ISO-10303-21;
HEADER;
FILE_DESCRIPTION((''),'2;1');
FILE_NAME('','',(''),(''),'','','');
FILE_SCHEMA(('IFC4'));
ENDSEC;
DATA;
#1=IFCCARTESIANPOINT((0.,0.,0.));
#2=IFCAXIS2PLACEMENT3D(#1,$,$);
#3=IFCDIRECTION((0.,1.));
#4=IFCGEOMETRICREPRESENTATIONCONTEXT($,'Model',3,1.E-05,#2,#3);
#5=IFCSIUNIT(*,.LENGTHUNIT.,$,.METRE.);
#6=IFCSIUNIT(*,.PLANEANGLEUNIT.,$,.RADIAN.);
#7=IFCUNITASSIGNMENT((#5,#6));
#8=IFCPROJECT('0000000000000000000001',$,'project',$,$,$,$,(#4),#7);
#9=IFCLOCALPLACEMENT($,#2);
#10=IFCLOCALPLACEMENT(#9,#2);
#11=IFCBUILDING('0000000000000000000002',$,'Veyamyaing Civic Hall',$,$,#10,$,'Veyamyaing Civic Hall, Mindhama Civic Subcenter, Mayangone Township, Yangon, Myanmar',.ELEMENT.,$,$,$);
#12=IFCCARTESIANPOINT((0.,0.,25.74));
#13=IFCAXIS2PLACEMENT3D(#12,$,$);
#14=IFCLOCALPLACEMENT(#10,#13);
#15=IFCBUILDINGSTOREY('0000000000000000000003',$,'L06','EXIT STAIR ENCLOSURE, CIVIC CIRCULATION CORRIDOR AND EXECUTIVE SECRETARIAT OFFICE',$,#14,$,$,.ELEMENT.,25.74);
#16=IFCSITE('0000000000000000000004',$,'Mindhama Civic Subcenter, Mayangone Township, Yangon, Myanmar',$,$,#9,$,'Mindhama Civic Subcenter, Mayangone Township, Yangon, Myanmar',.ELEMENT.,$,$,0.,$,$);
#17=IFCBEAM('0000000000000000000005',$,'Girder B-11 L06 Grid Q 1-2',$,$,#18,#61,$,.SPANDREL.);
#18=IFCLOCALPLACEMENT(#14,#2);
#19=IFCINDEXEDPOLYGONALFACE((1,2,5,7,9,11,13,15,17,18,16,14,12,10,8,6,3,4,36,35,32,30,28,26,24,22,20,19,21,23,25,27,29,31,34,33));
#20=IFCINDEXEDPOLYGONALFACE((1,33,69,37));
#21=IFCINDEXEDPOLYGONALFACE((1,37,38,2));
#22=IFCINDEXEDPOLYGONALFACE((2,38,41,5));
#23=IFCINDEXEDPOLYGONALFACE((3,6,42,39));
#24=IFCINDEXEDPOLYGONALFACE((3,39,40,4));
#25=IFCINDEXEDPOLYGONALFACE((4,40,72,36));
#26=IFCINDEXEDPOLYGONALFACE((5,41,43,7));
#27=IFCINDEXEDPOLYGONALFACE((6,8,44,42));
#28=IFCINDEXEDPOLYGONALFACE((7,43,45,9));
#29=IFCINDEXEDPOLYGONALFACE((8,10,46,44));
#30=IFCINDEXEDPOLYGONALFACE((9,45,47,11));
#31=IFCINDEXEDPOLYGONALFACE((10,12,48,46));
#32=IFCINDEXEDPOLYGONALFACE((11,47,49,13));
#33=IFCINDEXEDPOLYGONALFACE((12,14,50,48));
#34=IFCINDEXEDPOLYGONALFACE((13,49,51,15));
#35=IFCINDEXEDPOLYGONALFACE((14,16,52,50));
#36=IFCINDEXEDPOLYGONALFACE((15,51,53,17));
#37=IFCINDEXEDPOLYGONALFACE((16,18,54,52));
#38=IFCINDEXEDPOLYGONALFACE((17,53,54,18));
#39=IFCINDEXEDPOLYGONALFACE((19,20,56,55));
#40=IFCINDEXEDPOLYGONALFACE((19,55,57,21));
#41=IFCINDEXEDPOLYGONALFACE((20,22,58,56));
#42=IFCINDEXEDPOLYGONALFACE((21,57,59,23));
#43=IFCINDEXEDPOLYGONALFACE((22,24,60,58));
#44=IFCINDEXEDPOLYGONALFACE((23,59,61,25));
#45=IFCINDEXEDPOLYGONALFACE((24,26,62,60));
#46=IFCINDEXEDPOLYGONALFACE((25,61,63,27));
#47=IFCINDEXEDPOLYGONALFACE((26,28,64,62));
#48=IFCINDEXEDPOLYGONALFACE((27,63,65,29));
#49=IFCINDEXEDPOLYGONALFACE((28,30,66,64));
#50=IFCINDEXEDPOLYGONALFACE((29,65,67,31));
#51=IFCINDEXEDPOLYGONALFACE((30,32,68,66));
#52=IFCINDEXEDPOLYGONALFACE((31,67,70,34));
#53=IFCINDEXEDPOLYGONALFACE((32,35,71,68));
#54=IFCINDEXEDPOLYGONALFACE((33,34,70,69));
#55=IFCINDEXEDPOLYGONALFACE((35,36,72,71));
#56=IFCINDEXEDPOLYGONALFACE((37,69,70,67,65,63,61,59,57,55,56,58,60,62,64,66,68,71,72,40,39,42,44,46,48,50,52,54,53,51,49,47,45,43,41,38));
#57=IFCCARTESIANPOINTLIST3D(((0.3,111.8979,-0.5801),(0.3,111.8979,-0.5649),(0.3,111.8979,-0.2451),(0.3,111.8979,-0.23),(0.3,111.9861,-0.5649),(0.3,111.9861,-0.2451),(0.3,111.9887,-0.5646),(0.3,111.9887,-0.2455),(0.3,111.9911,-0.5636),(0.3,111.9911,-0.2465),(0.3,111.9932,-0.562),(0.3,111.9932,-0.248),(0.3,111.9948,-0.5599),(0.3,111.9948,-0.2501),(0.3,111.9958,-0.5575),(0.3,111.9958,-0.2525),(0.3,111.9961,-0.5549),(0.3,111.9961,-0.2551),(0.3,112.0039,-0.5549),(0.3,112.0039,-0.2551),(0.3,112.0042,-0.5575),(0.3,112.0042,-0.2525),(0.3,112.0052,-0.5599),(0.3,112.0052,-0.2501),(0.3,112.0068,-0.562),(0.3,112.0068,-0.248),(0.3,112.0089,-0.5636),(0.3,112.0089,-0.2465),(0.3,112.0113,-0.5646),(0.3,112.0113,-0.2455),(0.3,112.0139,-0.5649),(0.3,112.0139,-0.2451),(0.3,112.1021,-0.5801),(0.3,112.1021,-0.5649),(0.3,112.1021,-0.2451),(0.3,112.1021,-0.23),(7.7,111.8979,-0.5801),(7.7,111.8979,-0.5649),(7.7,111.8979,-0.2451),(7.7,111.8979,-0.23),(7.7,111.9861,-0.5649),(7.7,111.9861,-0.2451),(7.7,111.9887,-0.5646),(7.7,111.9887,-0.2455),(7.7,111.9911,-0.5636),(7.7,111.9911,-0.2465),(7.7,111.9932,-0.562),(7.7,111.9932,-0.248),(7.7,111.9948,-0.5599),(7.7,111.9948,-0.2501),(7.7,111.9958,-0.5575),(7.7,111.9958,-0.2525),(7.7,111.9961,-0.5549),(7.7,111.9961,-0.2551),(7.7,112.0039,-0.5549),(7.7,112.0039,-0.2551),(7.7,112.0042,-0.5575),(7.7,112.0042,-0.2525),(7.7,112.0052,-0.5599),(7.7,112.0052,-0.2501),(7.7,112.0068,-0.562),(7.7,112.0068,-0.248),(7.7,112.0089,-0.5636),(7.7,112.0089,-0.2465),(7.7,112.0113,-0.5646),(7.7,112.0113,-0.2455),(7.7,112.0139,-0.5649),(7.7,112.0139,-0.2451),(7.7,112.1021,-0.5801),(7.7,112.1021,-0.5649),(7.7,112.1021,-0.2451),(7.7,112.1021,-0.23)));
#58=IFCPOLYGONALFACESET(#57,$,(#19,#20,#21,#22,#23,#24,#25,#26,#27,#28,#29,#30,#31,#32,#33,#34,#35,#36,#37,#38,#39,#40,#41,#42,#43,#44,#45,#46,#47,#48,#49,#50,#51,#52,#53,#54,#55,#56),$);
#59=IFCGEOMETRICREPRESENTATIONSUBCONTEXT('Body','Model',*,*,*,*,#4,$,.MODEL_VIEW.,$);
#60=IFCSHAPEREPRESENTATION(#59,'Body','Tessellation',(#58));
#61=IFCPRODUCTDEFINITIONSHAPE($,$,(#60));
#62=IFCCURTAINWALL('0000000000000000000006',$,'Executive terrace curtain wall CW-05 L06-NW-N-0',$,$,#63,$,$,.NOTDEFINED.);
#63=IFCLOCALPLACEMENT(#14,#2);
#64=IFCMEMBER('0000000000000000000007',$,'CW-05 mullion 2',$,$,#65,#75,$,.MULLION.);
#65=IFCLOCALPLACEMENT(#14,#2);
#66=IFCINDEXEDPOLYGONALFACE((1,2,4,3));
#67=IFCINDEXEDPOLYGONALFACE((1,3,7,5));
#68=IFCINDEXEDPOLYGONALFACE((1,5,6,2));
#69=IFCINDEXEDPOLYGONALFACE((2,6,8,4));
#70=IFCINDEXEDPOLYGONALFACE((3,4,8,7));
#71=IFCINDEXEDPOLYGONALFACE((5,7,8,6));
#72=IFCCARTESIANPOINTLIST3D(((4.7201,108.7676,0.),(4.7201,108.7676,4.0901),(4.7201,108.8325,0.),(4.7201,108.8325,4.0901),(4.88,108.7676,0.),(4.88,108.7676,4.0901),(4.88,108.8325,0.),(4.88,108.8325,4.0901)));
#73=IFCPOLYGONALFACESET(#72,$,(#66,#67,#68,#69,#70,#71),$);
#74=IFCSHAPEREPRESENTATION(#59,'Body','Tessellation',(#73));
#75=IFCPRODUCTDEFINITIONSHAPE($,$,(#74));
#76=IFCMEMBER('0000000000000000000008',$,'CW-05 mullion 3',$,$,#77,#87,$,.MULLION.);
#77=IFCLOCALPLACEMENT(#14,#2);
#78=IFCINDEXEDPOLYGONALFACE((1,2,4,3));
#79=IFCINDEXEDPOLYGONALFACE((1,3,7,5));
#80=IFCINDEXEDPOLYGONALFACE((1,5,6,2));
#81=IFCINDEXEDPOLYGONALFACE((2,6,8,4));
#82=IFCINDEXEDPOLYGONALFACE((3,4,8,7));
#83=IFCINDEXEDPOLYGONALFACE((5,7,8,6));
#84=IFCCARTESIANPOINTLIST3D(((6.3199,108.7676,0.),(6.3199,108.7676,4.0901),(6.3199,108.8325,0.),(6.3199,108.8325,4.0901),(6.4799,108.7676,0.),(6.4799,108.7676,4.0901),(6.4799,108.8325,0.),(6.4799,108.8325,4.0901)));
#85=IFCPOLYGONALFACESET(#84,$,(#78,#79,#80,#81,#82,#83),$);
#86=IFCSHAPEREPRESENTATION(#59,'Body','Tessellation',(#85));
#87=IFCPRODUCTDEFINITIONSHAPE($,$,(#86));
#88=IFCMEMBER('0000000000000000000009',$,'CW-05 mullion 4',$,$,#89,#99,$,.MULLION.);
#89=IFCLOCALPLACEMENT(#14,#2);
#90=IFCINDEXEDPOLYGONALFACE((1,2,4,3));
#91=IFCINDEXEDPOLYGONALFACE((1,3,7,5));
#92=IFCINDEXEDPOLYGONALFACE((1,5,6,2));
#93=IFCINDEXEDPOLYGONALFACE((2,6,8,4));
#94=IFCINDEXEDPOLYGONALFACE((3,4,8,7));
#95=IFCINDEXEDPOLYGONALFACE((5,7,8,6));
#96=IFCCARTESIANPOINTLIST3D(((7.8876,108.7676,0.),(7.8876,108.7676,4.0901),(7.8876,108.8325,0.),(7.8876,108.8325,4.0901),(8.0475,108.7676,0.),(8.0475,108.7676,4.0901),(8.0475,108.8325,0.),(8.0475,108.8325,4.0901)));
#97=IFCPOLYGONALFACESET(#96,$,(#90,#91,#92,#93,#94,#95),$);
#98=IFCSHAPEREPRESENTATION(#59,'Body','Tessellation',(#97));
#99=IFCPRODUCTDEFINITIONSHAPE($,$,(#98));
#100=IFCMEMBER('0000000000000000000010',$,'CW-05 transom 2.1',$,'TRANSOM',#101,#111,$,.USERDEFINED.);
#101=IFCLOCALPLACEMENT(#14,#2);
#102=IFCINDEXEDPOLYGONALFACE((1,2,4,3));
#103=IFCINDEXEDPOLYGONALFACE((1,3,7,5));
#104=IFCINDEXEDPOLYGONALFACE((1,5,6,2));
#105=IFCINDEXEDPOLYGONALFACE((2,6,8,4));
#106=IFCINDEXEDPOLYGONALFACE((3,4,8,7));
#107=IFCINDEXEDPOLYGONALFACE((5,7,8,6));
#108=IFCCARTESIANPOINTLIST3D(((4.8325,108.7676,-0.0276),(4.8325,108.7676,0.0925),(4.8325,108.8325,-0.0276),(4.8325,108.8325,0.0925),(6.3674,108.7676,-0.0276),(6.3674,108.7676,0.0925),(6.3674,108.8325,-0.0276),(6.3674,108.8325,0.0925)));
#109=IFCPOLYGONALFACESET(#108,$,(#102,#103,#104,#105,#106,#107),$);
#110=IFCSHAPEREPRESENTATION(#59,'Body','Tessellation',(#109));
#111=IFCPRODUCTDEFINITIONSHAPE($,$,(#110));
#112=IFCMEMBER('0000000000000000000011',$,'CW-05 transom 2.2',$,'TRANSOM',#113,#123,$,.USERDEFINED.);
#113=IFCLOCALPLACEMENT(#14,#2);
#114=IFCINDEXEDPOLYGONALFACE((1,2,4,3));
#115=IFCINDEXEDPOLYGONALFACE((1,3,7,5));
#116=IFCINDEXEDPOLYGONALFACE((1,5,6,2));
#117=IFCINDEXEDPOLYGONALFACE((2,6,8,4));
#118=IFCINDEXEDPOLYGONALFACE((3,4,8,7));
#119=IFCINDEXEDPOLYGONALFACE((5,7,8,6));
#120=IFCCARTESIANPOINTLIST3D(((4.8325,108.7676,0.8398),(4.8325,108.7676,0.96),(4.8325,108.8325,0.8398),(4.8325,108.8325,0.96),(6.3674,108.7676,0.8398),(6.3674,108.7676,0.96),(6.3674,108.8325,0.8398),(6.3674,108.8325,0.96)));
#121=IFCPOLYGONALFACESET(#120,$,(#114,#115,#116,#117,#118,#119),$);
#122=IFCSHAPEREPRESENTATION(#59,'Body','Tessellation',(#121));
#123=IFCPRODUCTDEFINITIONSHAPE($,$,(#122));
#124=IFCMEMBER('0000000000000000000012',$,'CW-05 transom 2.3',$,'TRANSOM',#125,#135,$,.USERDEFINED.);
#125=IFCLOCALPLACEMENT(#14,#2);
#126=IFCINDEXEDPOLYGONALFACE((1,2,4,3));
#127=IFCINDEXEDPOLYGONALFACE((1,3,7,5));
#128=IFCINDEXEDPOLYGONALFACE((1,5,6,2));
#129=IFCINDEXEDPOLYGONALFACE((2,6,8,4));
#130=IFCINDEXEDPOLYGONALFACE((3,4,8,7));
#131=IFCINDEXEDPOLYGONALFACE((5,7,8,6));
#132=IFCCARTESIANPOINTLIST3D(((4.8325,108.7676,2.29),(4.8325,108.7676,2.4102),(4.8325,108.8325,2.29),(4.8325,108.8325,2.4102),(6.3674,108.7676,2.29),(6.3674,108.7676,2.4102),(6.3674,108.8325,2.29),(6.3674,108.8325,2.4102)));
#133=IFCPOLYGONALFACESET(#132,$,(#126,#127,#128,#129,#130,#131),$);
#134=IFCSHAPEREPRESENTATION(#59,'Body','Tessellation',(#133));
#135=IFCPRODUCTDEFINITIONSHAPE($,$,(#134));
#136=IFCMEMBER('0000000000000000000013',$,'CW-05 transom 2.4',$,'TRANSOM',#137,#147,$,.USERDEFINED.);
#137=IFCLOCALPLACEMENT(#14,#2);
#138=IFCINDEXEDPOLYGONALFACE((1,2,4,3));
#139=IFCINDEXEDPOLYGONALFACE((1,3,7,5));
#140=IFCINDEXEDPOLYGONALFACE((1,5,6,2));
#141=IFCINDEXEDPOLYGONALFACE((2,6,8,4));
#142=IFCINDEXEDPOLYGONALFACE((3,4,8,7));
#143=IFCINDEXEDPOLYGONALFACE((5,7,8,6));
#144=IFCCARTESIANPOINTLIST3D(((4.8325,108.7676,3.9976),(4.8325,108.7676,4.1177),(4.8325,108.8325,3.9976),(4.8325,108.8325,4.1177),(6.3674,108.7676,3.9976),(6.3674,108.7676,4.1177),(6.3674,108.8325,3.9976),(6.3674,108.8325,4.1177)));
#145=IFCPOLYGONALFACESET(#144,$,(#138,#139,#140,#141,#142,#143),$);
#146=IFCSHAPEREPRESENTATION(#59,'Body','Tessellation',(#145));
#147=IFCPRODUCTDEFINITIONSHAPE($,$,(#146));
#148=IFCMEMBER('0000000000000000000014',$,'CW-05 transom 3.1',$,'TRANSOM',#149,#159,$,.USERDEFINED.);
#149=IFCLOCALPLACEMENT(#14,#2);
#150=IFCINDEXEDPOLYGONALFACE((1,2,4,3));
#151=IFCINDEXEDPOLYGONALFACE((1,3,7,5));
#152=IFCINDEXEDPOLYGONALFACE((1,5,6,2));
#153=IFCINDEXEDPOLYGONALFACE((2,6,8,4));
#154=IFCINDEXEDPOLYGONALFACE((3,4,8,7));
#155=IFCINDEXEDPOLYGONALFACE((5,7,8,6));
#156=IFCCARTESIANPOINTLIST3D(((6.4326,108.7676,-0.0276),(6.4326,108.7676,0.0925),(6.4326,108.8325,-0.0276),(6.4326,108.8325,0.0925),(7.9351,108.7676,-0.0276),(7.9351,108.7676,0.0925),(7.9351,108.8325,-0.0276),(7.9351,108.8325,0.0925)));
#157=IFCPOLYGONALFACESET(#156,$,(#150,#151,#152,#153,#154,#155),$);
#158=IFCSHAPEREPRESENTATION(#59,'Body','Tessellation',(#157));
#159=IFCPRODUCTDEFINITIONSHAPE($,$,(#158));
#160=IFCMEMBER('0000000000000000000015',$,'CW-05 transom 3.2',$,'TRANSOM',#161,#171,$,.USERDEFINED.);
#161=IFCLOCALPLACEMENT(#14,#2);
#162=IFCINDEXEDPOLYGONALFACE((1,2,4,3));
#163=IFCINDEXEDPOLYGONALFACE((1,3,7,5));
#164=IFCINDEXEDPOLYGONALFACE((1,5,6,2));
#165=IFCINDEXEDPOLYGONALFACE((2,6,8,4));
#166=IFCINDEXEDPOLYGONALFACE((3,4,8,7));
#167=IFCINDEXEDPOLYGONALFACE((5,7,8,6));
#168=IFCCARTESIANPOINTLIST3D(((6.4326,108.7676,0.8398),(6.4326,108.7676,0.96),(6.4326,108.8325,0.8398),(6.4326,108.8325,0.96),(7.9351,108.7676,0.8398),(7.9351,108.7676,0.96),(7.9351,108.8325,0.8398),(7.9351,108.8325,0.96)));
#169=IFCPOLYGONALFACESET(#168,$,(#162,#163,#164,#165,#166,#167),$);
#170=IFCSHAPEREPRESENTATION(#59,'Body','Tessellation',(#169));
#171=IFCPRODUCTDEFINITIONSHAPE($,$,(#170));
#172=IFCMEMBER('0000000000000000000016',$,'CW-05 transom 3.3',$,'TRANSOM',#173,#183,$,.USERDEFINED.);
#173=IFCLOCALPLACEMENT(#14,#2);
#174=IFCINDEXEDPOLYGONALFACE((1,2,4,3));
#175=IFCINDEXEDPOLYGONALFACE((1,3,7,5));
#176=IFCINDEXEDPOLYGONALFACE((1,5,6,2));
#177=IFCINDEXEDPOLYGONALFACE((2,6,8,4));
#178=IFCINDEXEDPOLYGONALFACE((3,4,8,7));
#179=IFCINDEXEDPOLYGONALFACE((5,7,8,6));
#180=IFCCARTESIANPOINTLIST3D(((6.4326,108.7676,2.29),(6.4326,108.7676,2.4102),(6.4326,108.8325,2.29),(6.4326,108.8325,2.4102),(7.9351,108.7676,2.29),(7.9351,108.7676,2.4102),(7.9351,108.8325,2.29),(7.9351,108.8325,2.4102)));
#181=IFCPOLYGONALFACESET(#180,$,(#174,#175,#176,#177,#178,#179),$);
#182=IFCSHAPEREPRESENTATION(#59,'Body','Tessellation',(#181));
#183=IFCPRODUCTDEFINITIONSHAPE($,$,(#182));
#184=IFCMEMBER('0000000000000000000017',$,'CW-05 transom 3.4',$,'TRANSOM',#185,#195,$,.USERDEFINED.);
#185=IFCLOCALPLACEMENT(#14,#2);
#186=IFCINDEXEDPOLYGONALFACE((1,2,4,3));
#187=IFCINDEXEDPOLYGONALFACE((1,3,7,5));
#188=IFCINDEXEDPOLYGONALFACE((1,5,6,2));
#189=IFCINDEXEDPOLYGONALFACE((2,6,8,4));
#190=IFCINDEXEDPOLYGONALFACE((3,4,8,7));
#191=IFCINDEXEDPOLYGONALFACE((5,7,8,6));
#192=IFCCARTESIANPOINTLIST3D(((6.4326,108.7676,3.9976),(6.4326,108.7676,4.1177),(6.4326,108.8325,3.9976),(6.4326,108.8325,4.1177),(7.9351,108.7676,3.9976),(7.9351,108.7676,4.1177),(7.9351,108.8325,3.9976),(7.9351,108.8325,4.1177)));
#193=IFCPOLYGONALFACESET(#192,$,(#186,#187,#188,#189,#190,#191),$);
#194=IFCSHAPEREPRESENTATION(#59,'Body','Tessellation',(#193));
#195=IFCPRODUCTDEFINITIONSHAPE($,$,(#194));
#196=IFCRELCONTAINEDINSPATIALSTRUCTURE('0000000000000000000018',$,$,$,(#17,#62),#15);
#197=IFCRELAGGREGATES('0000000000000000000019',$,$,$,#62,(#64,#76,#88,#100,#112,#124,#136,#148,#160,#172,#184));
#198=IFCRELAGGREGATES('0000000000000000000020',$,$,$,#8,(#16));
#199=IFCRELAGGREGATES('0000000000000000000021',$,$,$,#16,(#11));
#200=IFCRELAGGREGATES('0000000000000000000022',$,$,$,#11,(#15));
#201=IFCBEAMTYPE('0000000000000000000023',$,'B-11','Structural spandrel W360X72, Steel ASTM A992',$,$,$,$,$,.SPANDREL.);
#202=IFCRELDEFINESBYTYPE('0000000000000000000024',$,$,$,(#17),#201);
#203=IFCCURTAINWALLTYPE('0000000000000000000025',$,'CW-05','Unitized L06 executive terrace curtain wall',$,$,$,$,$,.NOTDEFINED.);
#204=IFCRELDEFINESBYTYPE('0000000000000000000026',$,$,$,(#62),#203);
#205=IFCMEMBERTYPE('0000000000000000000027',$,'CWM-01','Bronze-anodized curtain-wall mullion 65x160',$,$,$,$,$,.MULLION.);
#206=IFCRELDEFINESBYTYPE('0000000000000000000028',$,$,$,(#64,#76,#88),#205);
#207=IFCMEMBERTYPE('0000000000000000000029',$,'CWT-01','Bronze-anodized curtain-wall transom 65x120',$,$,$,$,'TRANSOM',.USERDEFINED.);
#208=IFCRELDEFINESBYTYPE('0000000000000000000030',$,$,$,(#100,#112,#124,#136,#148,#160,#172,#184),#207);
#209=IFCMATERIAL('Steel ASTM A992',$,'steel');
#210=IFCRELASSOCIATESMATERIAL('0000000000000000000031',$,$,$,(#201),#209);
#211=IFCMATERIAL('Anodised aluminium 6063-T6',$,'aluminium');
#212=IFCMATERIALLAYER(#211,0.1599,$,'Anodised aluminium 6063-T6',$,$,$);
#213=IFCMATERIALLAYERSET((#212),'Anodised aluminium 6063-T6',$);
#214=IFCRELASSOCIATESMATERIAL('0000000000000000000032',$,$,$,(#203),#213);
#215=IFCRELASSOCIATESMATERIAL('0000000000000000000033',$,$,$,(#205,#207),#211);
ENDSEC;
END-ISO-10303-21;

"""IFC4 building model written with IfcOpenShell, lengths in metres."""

from ifc_helpers import new_model, si_unit, direction, frame, origin, origin_2d, place, context, subcontext, project, spatial, rectangle, i_section, extrude, material, layer, layer_set, material_profile, profile_set, type_object, element, aggregate, save


model = new_model("IFC4")

# Units and contexts
model_context = context("Model", 3, precision=1e-05, world=origin(), true_north=direction((0.0, 1.0)))
body_context = subcontext(model_context, "Body", "Model", "MODEL_VIEW")
ifc_project = project(units=[si_unit("LENGTHUNIT", "METRE"), si_unit("PLANEANGLEUNIT", "RADIAN")], contexts=[model_context])

# Site, building, storey
site_placement = place(None, origin())
site = spatial("IfcSite", under=ifc_project, at=site_placement, Name="Mindhama Civic Subcenter, Mayangone Township, Yangon, Myanmar", LongName="Mindhama Civic Subcenter, Mayangone Township, Yangon, Myanmar", CompositionType="ELEMENT", RefElevation=0.0)
building_placement = place(site_placement, origin())
building = spatial("IfcBuilding", under=site, at=building_placement, Name="Veyamyaing Civic Hall", LongName="Veyamyaing Civic Hall, Mindhama Civic Subcenter, Mayangone Township, Yangon, Myanmar", CompositionType="ELEMENT")
storey_placement = place(building_placement, frame((0.0, 0.0, 25.74)))
storey = spatial("IfcBuildingStorey", under=building, at=storey_placement, Name="L06", Description="EXIT STAIR ENCLOSURE, CIVIC CIRCULATION CORRIDOR AND EXECUTIVE SECRETARIAT OFFICE", CompositionType="ELEMENT", Elevation=25.74)

# Beam
ifc_material_1 = material(Name="Steel ASTM A992", Category="steel")
ifc_material_profile_1 = material_profile(ifc_material_1, i_section(OverallWidth=0.2041, OverallDepth=0.3501, WebThickness=0.0078, FlangeThickness=0.0151, FilletRadius=0.01, at=origin_2d()), Name="W360X72")
ifc_profile_set_1 = profile_set([ifc_material_profile_1], Name="Steel ASTM A992")
beam_type_1 = type_object("IfcBeamType", Name="B-11", Description="Structural spandrel W360X72, Steel ASTM A992", PredefinedType="SPANDREL", material=ifc_profile_set_1)
beam_1_placement = place(storey_placement, frame((0.3, 112.0, -0.405), z_axis=(1.0, 0.0, 0.0), x_axis=(0.0, 1.0, 0.0)))
element("IfcBeam", 1, at=beam_1_placement, inside=storey, type_object=beam_type_1, Name="Girder B-11 L06 Grid Q 1-2", PredefinedType="SPANDREL", context=body_context, shape_type="SweptSolid", body=[
    extrude(i_section(OverallWidth=0.2041, OverallDepth=0.3501, WebThickness=0.0078, FlangeThickness=0.0151, FilletRadius=0.01, at=origin_2d()), origin(), (0.0, 0.0, 1.0), 7.3999),
])

# Curtain wall, members
ifc_material_2 = material(Name="Anodised aluminium 6063-T6", Category="aluminium")
ifc_layer_1 = layer(ifc_material_2, 0.1599, Name="Anodised aluminium 6063-T6")
ifc_layer_set_1 = layer_set([ifc_layer_1], Name="Anodised aluminium 6063-T6")
curtain_wall_type = type_object("IfcCurtainWallType", Name="CW-05", Description="Unitized L06 executive terrace curtain wall", PredefinedType="NOTDEFINED", material=ifc_layer_set_1)
curtain_wall_placement = place(storey_placement, origin())
curtain_wall = element("IfcCurtainWall", 2, at=curtain_wall_placement, inside=storey, type_object=curtain_wall_type, Name="Executive terrace curtain wall CW-05 L06-NW-N-0", PredefinedType="NOTDEFINED")
ifc_material_profile_2 = material_profile(ifc_material_2, rectangle(XDim=0.0649, YDim=0.1599, at=origin_2d()), Name="ALU-MUL-65X160")
ifc_profile_set_2 = profile_set([ifc_material_profile_2], Name="Anodised aluminium 6063-T6")
member_type_1 = type_object("IfcMemberType", Name="CWM-01", Description="Bronze-anodized curtain-wall mullion 65x160", PredefinedType="MULLION", material=ifc_profile_set_2)
member_1_placement = place(storey_placement, frame((4.8, 108.8, 0.0), z_axis=(0.0, 0.0, 1.0), x_axis=(0.0, 1.0, 0.0)))
member_1 = element("IfcMember", 3, at=member_1_placement, type_object=member_type_1, Name="CW-05 mullion 2", PredefinedType="MULLION", context=body_context, shape_type="SweptSolid", body=[
    extrude(rectangle(XDim=0.0649, YDim=0.1599, at=origin_2d()), origin(), (0.0, 0.0, 1.0), 4.0901),
])
member_2_placement = place(storey_placement, frame((6.3999, 108.8, 0.0), z_axis=(0.0, 0.0, 1.0), x_axis=(0.0, 1.0, 0.0)))
member_2 = element("IfcMember", 4, at=member_2_placement, type_object=member_type_1, Name="CW-05 mullion 3", PredefinedType="MULLION", context=body_context, shape_type="SweptSolid", body=[
    extrude(rectangle(XDim=0.0649, YDim=0.1599, at=origin_2d()), origin(), (0.0, 0.0, 1.0), 4.0901),
])
member_3_placement = place(storey_placement, frame((7.9675, 108.8, 0.0), z_axis=(0.0, 0.0, 1.0), x_axis=(0.0, 1.0, 0.0)))
member_3 = element("IfcMember", 5, at=member_3_placement, type_object=member_type_1, Name="CW-05 mullion 4", PredefinedType="MULLION", context=body_context, shape_type="SweptSolid", body=[
    extrude(rectangle(XDim=0.0649, YDim=0.1599, at=origin_2d()), origin(), (0.0, 0.0, 1.0), 4.0901),
])
ifc_material_profile_3 = material_profile(ifc_material_2, rectangle(XDim=0.0649, YDim=0.1201, at=origin_2d()), Name="ALU-TRN-65X120")
ifc_profile_set_3 = profile_set([ifc_material_profile_3], Name="Anodised aluminium 6063-T6")
member_type_2 = type_object("IfcMemberType", Name="CWT-01", Description="Bronze-anodized curtain-wall transom 65x120", ElementType="TRANSOM", PredefinedType="USERDEFINED", material=ifc_profile_set_3)
member_4_placement = place(storey_placement, frame((4.8325, 108.8, 0.0325), z_axis=(1.0, 0.0, 0.0), x_axis=(0.0, 1.0, 0.0)))
member_4 = element("IfcMember", 6, at=member_4_placement, type_object=member_type_2, Name="CW-05 transom 2.1", ObjectType="TRANSOM", PredefinedType="USERDEFINED", context=body_context, shape_type="SweptSolid", body=[
    extrude(rectangle(XDim=0.0649, YDim=0.1201, at=origin_2d()), origin(), (0.0, 0.0, 1.0), 1.5349),
])
member_5_placement = place(storey_placement, frame((4.8325, 108.8, 0.8999), z_axis=(1.0, 0.0, 0.0), x_axis=(0.0, 1.0, 0.0)))
member_5 = element("IfcMember", 7, at=member_5_placement, type_object=member_type_2, Name="CW-05 transom 2.2", ObjectType="TRANSOM", PredefinedType="USERDEFINED", context=body_context, shape_type="SweptSolid", body=[
    extrude(rectangle(XDim=0.0649, YDim=0.1201, at=origin_2d()), origin(), (0.0, 0.0, 1.0), 1.5349),
])
member_6_placement = place(storey_placement, frame((4.8325, 108.8, 2.3501), z_axis=(1.0, 0.0, 0.0), x_axis=(0.0, 1.0, 0.0)))
member_6 = element("IfcMember", 8, at=member_6_placement, type_object=member_type_2, Name="CW-05 transom 2.3", ObjectType="TRANSOM", PredefinedType="USERDEFINED", context=body_context, shape_type="SweptSolid", body=[
    extrude(rectangle(XDim=0.0649, YDim=0.1201, at=origin_2d()), origin(), (0.0, 0.0, 1.0), 1.5349),
])
member_7_placement = place(storey_placement, frame((4.8325, 108.8, 4.0576), z_axis=(1.0, 0.0, 0.0), x_axis=(0.0, 1.0, 0.0)))
member_7 = element("IfcMember", 9, at=member_7_placement, type_object=member_type_2, Name="CW-05 transom 2.4", ObjectType="TRANSOM", PredefinedType="USERDEFINED", context=body_context, shape_type="SweptSolid", body=[
    extrude(rectangle(XDim=0.0649, YDim=0.1201, at=origin_2d()), origin(), (0.0, 0.0, 1.0), 1.5349),
])
member_8_placement = place(storey_placement, frame((6.4326, 108.8, 0.0325), z_axis=(1.0, 0.0, 0.0), x_axis=(0.0, 1.0, 0.0)))
member_8 = element("IfcMember", 10, at=member_8_placement, type_object=member_type_2, Name="CW-05 transom 3.1", ObjectType="TRANSOM", PredefinedType="USERDEFINED", context=body_context, shape_type="SweptSolid", body=[
    extrude(rectangle(XDim=0.0649, YDim=0.1201, at=origin_2d()), origin(), (0.0, 0.0, 1.0), 1.5024),
])
member_9_placement = place(storey_placement, frame((6.4326, 108.8, 0.8999), z_axis=(1.0, 0.0, 0.0), x_axis=(0.0, 1.0, 0.0)))
member_9 = element("IfcMember", 11, at=member_9_placement, type_object=member_type_2, Name="CW-05 transom 3.2", ObjectType="TRANSOM", PredefinedType="USERDEFINED", context=body_context, shape_type="SweptSolid", body=[
    extrude(rectangle(XDim=0.0649, YDim=0.1201, at=origin_2d()), origin(), (0.0, 0.0, 1.0), 1.5024),
])
member_10_placement = place(storey_placement, frame((6.4326, 108.8, 2.3501), z_axis=(1.0, 0.0, 0.0), x_axis=(0.0, 1.0, 0.0)))
member_10 = element("IfcMember", 12, at=member_10_placement, type_object=member_type_2, Name="CW-05 transom 3.3", ObjectType="TRANSOM", PredefinedType="USERDEFINED", context=body_context, shape_type="SweptSolid", body=[
    extrude(rectangle(XDim=0.0649, YDim=0.1201, at=origin_2d()), origin(), (0.0, 0.0, 1.0), 1.5024),
])
member_11_placement = place(storey_placement, frame((6.4326, 108.8, 4.0576), z_axis=(1.0, 0.0, 0.0), x_axis=(0.0, 1.0, 0.0)))
member_11 = element("IfcMember", 13, at=member_11_placement, type_object=member_type_2, Name="CW-05 transom 3.4", ObjectType="TRANSOM", PredefinedType="USERDEFINED", context=body_context, shape_type="SweptSolid", body=[
    extrude(rectangle(XDim=0.0649, YDim=0.1201, at=origin_2d()), origin(), (0.0, 0.0, 1.0), 1.5024),
])

aggregate(curtain_wall, [member_1, member_2, member_3, member_4, member_5, member_6, member_7, member_8, member_9, member_10, member_11])

save(model, "model.ifc")
